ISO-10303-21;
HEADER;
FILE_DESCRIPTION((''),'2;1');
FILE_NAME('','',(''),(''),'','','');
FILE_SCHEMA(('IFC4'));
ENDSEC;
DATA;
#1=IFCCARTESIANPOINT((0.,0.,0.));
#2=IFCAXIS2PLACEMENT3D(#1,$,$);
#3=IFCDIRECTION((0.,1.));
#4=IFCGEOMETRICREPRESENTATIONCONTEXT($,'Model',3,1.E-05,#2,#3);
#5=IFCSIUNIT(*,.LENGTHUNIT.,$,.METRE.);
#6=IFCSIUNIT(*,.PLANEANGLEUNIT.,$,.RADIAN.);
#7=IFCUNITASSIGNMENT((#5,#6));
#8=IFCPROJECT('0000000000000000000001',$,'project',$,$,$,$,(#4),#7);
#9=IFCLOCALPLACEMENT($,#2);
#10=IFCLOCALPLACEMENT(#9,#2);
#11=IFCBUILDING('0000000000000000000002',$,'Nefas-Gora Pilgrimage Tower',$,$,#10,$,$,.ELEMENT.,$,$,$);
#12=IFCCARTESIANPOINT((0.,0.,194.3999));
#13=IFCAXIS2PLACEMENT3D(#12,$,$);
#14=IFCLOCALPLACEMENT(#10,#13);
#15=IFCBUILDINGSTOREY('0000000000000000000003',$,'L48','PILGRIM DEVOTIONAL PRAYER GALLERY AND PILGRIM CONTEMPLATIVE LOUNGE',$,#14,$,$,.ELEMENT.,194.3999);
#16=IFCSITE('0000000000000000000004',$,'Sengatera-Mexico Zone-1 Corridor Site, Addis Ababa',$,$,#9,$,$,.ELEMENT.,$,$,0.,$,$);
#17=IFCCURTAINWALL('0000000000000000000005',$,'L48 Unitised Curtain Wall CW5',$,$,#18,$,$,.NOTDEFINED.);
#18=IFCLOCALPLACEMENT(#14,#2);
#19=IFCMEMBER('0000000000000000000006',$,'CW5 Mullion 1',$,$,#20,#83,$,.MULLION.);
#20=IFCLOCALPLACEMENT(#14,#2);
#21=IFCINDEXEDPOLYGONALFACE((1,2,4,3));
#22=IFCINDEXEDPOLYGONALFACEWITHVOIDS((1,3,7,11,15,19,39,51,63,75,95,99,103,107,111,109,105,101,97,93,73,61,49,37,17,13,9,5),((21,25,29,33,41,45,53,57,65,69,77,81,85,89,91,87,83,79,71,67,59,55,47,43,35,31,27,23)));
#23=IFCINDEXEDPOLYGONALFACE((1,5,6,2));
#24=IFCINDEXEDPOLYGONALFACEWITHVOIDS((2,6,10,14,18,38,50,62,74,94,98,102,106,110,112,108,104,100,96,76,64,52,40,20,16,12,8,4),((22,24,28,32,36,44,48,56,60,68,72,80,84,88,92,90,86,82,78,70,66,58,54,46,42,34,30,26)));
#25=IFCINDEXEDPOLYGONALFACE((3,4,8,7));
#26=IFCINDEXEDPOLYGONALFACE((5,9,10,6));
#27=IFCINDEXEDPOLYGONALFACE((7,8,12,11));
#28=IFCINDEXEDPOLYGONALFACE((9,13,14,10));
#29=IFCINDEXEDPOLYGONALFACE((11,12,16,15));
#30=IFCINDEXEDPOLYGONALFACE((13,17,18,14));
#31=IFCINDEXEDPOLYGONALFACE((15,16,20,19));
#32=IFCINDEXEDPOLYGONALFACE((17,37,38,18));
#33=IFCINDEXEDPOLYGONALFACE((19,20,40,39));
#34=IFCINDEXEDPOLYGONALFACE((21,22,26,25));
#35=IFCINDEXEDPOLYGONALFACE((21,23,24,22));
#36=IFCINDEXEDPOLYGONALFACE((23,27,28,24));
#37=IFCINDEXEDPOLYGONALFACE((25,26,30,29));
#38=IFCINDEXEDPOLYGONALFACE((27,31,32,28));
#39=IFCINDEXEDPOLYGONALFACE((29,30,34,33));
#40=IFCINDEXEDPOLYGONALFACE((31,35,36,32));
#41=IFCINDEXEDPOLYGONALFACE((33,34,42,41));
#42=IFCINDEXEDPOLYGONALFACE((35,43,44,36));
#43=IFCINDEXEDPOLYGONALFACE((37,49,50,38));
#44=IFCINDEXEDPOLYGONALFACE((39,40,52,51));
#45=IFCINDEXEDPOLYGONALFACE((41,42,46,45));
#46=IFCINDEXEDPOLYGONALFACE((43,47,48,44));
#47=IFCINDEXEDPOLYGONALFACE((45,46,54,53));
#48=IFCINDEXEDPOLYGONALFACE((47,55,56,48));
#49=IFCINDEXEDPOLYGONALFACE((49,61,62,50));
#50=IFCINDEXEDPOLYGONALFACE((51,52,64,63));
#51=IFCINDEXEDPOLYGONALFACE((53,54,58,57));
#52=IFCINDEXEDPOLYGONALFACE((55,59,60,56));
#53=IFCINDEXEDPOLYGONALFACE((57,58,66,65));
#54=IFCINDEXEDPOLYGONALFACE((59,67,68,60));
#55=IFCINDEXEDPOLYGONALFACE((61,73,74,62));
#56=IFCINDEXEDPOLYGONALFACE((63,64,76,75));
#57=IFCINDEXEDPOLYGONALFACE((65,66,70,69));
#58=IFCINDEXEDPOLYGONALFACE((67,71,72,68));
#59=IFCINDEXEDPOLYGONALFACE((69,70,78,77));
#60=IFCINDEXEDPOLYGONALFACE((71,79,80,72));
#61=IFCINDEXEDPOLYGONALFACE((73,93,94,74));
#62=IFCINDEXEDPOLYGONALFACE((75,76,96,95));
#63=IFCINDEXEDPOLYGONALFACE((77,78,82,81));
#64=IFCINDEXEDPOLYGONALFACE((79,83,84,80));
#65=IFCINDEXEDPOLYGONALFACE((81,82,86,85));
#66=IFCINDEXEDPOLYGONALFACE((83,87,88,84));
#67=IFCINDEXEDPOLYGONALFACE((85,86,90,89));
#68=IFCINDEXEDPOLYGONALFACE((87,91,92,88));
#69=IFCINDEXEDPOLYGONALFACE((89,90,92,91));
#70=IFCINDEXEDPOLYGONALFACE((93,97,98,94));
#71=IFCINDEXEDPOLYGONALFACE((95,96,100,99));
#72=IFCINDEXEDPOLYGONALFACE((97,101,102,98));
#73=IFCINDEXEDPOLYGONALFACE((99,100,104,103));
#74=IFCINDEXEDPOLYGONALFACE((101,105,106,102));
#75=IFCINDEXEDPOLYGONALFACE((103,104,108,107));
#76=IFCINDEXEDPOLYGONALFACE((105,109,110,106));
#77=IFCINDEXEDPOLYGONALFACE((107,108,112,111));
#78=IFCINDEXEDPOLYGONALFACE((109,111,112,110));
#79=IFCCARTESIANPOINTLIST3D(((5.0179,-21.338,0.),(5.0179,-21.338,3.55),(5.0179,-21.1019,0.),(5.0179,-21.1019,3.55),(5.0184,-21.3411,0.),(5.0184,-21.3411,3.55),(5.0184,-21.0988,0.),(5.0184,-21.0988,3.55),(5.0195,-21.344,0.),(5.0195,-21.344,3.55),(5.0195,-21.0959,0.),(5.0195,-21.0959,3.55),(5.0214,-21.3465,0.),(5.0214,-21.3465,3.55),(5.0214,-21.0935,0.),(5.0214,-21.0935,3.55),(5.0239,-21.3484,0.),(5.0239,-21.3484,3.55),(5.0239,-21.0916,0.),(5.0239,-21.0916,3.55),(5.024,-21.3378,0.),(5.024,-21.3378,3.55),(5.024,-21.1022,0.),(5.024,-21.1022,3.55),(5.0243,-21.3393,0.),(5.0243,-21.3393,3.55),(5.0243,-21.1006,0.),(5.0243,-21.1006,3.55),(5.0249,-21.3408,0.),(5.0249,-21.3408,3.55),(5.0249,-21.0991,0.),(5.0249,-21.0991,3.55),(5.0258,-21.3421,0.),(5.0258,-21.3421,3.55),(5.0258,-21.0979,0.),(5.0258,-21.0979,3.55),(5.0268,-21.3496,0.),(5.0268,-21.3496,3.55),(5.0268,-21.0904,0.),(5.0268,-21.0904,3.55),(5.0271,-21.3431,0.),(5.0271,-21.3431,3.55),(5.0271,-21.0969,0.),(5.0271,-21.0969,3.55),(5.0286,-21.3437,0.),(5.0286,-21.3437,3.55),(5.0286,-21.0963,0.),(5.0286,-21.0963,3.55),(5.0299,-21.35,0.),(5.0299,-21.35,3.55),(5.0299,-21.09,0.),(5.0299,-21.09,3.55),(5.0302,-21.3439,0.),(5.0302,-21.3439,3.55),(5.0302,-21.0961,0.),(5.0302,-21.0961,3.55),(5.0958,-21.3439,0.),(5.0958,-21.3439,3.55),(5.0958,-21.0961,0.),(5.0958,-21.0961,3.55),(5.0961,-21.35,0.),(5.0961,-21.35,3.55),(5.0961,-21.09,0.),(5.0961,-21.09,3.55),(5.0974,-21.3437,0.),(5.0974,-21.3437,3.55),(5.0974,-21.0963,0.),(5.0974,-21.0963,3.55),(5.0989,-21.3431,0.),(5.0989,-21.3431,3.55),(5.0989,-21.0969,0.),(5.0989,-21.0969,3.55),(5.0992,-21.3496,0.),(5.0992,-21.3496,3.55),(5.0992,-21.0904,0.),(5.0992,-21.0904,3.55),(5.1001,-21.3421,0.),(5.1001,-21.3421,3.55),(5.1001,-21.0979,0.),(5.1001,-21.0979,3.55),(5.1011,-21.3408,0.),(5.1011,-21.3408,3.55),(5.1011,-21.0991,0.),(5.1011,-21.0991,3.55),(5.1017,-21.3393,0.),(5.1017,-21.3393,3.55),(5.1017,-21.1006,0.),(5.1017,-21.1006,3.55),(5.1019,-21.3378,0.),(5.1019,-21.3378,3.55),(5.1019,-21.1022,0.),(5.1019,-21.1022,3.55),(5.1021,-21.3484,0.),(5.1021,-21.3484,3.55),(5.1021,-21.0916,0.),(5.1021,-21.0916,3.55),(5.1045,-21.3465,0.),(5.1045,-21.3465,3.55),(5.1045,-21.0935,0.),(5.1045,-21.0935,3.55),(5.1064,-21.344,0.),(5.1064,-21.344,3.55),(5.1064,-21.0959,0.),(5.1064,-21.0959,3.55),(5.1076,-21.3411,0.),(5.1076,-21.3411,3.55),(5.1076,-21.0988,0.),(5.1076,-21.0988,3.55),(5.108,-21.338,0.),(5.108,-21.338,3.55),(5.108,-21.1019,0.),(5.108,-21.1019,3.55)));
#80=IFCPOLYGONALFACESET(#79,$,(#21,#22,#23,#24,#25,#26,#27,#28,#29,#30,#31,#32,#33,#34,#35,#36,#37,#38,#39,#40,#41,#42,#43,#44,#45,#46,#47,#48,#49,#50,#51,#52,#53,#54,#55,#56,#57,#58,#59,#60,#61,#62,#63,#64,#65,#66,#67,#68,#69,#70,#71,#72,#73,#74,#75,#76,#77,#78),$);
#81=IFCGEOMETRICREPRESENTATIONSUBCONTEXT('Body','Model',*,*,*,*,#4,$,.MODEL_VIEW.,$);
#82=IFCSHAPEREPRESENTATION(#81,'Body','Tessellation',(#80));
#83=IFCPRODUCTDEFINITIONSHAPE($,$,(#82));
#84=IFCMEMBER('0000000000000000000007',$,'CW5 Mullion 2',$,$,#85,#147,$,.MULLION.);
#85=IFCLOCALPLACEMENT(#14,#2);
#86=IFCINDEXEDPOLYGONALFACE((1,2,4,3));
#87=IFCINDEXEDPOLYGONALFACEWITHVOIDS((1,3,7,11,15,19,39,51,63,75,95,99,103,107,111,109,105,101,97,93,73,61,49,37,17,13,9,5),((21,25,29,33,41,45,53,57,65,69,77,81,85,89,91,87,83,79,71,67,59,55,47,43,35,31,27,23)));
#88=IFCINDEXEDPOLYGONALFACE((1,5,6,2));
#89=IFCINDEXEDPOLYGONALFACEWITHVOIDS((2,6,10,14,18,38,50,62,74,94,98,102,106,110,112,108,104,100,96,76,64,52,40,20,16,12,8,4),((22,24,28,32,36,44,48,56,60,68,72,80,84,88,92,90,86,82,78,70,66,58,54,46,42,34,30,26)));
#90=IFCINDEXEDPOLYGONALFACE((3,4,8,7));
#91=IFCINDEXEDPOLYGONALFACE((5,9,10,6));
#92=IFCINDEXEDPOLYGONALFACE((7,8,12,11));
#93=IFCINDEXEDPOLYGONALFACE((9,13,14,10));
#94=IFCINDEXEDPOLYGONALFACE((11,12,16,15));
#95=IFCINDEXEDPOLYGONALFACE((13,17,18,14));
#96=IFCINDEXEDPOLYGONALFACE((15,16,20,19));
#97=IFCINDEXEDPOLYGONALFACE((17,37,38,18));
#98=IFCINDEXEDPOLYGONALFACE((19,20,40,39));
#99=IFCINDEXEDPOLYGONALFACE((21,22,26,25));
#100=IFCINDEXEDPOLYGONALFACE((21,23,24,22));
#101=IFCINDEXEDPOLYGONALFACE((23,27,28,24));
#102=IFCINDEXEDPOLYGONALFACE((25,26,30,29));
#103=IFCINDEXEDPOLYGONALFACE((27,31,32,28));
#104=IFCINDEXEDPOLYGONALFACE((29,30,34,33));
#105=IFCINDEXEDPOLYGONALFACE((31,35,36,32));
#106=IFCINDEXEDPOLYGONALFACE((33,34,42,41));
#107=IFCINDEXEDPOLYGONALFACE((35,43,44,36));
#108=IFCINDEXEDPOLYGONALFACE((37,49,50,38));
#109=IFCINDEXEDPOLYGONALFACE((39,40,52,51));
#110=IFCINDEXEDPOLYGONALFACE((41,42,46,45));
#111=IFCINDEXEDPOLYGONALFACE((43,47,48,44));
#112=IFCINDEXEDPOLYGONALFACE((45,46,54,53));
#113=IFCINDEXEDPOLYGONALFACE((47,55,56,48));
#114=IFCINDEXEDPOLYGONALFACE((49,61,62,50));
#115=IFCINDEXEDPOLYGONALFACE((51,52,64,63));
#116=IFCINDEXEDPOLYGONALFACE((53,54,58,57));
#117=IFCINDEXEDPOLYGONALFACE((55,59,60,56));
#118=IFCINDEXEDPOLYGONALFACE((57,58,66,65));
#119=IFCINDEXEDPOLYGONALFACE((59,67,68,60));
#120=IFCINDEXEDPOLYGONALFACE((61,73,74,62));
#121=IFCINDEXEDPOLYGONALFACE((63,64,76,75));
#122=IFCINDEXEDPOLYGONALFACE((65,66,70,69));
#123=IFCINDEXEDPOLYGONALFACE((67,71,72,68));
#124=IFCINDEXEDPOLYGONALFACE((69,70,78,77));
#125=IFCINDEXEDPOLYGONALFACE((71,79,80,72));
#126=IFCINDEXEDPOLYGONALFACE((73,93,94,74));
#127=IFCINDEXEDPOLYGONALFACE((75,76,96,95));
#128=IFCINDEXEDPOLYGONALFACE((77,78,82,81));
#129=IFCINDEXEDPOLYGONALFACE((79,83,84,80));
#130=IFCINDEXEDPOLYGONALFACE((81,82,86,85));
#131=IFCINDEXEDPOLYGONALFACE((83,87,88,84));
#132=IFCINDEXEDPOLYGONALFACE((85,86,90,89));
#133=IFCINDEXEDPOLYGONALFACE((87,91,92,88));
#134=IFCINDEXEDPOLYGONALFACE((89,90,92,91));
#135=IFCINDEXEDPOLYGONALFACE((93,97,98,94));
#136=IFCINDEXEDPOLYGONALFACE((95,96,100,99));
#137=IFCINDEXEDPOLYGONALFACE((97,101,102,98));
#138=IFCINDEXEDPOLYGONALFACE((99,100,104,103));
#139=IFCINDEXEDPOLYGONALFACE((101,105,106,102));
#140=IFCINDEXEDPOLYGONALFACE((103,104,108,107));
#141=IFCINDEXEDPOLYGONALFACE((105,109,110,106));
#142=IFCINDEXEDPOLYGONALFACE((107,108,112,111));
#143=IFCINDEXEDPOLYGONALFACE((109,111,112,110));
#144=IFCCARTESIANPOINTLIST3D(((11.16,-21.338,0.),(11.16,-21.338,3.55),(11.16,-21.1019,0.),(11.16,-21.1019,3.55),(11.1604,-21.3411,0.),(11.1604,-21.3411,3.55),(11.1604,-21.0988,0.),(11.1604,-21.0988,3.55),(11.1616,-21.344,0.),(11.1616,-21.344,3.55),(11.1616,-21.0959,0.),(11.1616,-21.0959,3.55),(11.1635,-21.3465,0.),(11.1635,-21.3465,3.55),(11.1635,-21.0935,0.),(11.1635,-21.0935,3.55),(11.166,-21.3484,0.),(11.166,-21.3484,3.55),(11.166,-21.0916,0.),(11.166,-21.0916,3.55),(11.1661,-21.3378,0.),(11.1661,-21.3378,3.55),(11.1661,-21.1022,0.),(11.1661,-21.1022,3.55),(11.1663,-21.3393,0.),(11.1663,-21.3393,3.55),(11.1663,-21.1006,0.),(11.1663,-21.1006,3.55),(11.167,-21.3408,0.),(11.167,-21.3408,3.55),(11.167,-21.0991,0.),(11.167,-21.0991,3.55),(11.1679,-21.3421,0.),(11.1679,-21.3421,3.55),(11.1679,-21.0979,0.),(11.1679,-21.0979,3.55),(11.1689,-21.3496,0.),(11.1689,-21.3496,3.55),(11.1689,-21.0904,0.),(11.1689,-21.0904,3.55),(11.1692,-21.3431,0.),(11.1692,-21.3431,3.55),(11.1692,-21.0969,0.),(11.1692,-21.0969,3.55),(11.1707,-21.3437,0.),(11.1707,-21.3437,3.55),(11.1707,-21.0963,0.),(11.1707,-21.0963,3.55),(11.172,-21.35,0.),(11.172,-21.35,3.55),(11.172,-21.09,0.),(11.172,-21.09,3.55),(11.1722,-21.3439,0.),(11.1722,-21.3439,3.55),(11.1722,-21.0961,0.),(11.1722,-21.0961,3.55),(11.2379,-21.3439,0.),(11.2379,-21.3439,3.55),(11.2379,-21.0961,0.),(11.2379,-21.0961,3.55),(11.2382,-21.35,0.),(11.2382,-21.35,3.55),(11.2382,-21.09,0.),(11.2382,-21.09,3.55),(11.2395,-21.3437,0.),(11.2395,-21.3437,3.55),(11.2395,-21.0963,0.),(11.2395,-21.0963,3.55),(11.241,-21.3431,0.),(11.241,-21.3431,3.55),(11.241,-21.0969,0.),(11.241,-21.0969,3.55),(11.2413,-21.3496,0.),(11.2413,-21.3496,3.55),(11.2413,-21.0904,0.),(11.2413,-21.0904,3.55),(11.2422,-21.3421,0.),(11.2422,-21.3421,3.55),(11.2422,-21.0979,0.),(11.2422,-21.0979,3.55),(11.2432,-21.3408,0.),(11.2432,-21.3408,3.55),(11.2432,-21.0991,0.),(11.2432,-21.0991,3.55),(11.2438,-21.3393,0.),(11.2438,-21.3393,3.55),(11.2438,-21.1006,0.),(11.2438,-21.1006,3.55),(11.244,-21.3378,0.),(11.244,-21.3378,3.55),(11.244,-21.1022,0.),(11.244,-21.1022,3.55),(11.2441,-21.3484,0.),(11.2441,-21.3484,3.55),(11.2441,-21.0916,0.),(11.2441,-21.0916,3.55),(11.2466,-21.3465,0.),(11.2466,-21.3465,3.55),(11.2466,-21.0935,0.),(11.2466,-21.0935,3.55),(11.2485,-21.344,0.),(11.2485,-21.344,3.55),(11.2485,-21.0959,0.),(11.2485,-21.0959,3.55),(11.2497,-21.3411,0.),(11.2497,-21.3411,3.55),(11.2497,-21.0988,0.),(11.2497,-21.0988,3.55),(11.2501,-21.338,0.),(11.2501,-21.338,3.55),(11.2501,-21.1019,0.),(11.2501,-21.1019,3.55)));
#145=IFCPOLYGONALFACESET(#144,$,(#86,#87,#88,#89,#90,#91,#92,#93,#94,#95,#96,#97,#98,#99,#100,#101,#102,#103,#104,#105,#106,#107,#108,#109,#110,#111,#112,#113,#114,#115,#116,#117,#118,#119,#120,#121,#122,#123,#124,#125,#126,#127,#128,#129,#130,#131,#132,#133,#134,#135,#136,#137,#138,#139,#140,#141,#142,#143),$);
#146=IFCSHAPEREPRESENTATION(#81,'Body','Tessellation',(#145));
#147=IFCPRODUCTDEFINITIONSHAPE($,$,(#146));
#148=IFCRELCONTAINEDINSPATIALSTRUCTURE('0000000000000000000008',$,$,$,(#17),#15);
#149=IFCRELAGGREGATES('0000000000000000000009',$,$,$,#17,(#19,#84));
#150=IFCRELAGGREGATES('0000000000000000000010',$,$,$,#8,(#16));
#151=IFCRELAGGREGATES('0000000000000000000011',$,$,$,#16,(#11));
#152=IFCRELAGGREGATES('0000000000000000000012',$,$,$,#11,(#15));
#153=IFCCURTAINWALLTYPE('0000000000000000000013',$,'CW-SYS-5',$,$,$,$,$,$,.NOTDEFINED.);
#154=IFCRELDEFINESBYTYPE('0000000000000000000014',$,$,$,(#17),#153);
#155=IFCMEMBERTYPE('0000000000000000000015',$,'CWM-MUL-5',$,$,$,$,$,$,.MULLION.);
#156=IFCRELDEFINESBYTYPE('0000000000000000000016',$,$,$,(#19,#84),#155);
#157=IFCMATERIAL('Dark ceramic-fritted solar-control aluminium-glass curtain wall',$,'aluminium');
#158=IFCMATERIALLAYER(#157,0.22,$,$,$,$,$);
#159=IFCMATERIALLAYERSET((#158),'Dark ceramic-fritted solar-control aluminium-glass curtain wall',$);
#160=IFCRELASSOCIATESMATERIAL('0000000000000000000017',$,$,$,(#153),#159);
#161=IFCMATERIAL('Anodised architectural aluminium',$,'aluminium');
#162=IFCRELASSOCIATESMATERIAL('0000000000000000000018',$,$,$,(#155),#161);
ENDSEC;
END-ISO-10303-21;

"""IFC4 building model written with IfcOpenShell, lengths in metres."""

from ifc_helpers import new_model, si_unit, direction, frame, origin, origin_2d, place, context, subcontext, project, spatial, hollow_rectangle, extrude, source, transform, mapped, material, layer, layer_set, material_profile, profile_set, type_object, element, aggregate, save


model = new_model("IFC4")

# Units and contexts
model_context = context("Model", 3, precision=1e-05, world=origin(), true_north=direction((0.0, 1.0)))
body_context = subcontext(model_context, "Body", "Model", "MODEL_VIEW")
ifc_project = project(units=[si_unit("LENGTHUNIT", "METRE"), si_unit("PLANEANGLEUNIT", "RADIAN")], contexts=[model_context])

# Site, building, storey
site_placement = place(None, origin())
site = spatial("IfcSite", under=ifc_project, at=site_placement, Name="Sengatera-Mexico Zone-1 Corridor Site, Addis Ababa", CompositionType="ELEMENT", RefElevation=0.0)
building_placement = place(site_placement, origin())
building = spatial("IfcBuilding", under=site, at=building_placement, Name="Nefas-Gora Pilgrimage Tower", CompositionType="ELEMENT")
storey_placement = place(building_placement, frame((0.0, 0.0, 194.3999)))
storey = spatial("IfcBuildingStorey", under=building, at=storey_placement, Name="L48", Description="PILGRIM DEVOTIONAL PRAYER GALLERY AND PILGRIM CONTEMPLATIVE LOUNGE", CompositionType="ELEMENT", Elevation=194.3999)

# Curtain wall, members
ifc_material_1 = material(Name="Dark ceramic-fritted solar-control aluminium-glass curtain wall", Category="aluminium")
ifc_layer_1 = layer(ifc_material_1, 0.22)
ifc_layer_set_1 = layer_set([ifc_layer_1], Name="Dark ceramic-fritted solar-control aluminium-glass curtain wall")
curtain_wall_type = type_object("IfcCurtainWallType", Name="CW-SYS-5", PredefinedType="NOTDEFINED", material=ifc_layer_set_1)
curtain_wall_1_placement = place(storey_placement, origin())
curtain_wall_1 = element("IfcCurtainWall", 1, at=curtain_wall_1_placement, inside=storey, type_object=curtain_wall_type, Name="L48 Unitised Curtain Wall CW5", PredefinedType="NOTDEFINED")
ifc_material_2 = material(Name="Anodised architectural aluminium", Category="aluminium")
ifc_material_profile_1 = material_profile(ifc_material_2, hollow_rectangle(XDim=0.0901, YDim=0.26, WallThickness=0.0061, InnerFilletRadius=0.0061, OuterFilletRadius=0.012, at=origin_2d()), Name="ALU MULLION 90x260")
ifc_profile_set_1 = profile_set([ifc_material_profile_1], Name="Anodised architectural aluminium")
member_type_1 = type_object("IfcMemberType", Name="CWM-MUL-5", PredefinedType="MULLION", material=ifc_profile_set_1)
shared_shape_1 = source(origin(), body_context, "Body", "SweptSolid", [
    extrude(hollow_rectangle(XDim=0.0901, YDim=0.26, WallThickness=0.0061, InnerFilletRadius=0.0061, OuterFilletRadius=0.012, at=origin_2d()), origin(), (0.0, 0.0, 1.0), 3.55),
])
member_1_placement = place(storey_placement, frame((5.063, -21.22, 0.0), z_axis=(0.0, 0.0, 1.0), x_axis=(1.0, 0.0, 0.0)))
member_1 = element("IfcMember", 2, at=member_1_placement, type_object=member_type_1, Name="CW5 Mullion 1", PredefinedType="MULLION", context=body_context, shape_type="MappedRepresentation", body=[
    mapped(shared_shape_1, transform((0.0, 0.0, 0.0), x_axis=(1.0, 0.0, 0.0), y_axis=(0.0, 1.0, 0.0), z_axis=(0.0, 0.0, 1.0), scale=1.0)),
])
member_2_placement = place(storey_placement, frame((11.2051, -21.22, 0.0), z_axis=(0.0, 0.0, 1.0), x_axis=(1.0, 0.0, 0.0)))
member_2 = element("IfcMember", 3, at=member_2_placement, type_object=member_type_1, Name="CW5 Mullion 2", PredefinedType="MULLION", context=body_context, shape_type="MappedRepresentation", body=[
    mapped(shared_shape_1, transform((0.0, 0.0, 0.0), x_axis=(1.0, 0.0, 0.0), y_axis=(0.0, 1.0, 0.0), z_axis=(0.0, 0.0, 1.0), scale=1.0)),
])

aggregate(curtain_wall_1, [member_1, member_2])

save(model, "model.ifc")
